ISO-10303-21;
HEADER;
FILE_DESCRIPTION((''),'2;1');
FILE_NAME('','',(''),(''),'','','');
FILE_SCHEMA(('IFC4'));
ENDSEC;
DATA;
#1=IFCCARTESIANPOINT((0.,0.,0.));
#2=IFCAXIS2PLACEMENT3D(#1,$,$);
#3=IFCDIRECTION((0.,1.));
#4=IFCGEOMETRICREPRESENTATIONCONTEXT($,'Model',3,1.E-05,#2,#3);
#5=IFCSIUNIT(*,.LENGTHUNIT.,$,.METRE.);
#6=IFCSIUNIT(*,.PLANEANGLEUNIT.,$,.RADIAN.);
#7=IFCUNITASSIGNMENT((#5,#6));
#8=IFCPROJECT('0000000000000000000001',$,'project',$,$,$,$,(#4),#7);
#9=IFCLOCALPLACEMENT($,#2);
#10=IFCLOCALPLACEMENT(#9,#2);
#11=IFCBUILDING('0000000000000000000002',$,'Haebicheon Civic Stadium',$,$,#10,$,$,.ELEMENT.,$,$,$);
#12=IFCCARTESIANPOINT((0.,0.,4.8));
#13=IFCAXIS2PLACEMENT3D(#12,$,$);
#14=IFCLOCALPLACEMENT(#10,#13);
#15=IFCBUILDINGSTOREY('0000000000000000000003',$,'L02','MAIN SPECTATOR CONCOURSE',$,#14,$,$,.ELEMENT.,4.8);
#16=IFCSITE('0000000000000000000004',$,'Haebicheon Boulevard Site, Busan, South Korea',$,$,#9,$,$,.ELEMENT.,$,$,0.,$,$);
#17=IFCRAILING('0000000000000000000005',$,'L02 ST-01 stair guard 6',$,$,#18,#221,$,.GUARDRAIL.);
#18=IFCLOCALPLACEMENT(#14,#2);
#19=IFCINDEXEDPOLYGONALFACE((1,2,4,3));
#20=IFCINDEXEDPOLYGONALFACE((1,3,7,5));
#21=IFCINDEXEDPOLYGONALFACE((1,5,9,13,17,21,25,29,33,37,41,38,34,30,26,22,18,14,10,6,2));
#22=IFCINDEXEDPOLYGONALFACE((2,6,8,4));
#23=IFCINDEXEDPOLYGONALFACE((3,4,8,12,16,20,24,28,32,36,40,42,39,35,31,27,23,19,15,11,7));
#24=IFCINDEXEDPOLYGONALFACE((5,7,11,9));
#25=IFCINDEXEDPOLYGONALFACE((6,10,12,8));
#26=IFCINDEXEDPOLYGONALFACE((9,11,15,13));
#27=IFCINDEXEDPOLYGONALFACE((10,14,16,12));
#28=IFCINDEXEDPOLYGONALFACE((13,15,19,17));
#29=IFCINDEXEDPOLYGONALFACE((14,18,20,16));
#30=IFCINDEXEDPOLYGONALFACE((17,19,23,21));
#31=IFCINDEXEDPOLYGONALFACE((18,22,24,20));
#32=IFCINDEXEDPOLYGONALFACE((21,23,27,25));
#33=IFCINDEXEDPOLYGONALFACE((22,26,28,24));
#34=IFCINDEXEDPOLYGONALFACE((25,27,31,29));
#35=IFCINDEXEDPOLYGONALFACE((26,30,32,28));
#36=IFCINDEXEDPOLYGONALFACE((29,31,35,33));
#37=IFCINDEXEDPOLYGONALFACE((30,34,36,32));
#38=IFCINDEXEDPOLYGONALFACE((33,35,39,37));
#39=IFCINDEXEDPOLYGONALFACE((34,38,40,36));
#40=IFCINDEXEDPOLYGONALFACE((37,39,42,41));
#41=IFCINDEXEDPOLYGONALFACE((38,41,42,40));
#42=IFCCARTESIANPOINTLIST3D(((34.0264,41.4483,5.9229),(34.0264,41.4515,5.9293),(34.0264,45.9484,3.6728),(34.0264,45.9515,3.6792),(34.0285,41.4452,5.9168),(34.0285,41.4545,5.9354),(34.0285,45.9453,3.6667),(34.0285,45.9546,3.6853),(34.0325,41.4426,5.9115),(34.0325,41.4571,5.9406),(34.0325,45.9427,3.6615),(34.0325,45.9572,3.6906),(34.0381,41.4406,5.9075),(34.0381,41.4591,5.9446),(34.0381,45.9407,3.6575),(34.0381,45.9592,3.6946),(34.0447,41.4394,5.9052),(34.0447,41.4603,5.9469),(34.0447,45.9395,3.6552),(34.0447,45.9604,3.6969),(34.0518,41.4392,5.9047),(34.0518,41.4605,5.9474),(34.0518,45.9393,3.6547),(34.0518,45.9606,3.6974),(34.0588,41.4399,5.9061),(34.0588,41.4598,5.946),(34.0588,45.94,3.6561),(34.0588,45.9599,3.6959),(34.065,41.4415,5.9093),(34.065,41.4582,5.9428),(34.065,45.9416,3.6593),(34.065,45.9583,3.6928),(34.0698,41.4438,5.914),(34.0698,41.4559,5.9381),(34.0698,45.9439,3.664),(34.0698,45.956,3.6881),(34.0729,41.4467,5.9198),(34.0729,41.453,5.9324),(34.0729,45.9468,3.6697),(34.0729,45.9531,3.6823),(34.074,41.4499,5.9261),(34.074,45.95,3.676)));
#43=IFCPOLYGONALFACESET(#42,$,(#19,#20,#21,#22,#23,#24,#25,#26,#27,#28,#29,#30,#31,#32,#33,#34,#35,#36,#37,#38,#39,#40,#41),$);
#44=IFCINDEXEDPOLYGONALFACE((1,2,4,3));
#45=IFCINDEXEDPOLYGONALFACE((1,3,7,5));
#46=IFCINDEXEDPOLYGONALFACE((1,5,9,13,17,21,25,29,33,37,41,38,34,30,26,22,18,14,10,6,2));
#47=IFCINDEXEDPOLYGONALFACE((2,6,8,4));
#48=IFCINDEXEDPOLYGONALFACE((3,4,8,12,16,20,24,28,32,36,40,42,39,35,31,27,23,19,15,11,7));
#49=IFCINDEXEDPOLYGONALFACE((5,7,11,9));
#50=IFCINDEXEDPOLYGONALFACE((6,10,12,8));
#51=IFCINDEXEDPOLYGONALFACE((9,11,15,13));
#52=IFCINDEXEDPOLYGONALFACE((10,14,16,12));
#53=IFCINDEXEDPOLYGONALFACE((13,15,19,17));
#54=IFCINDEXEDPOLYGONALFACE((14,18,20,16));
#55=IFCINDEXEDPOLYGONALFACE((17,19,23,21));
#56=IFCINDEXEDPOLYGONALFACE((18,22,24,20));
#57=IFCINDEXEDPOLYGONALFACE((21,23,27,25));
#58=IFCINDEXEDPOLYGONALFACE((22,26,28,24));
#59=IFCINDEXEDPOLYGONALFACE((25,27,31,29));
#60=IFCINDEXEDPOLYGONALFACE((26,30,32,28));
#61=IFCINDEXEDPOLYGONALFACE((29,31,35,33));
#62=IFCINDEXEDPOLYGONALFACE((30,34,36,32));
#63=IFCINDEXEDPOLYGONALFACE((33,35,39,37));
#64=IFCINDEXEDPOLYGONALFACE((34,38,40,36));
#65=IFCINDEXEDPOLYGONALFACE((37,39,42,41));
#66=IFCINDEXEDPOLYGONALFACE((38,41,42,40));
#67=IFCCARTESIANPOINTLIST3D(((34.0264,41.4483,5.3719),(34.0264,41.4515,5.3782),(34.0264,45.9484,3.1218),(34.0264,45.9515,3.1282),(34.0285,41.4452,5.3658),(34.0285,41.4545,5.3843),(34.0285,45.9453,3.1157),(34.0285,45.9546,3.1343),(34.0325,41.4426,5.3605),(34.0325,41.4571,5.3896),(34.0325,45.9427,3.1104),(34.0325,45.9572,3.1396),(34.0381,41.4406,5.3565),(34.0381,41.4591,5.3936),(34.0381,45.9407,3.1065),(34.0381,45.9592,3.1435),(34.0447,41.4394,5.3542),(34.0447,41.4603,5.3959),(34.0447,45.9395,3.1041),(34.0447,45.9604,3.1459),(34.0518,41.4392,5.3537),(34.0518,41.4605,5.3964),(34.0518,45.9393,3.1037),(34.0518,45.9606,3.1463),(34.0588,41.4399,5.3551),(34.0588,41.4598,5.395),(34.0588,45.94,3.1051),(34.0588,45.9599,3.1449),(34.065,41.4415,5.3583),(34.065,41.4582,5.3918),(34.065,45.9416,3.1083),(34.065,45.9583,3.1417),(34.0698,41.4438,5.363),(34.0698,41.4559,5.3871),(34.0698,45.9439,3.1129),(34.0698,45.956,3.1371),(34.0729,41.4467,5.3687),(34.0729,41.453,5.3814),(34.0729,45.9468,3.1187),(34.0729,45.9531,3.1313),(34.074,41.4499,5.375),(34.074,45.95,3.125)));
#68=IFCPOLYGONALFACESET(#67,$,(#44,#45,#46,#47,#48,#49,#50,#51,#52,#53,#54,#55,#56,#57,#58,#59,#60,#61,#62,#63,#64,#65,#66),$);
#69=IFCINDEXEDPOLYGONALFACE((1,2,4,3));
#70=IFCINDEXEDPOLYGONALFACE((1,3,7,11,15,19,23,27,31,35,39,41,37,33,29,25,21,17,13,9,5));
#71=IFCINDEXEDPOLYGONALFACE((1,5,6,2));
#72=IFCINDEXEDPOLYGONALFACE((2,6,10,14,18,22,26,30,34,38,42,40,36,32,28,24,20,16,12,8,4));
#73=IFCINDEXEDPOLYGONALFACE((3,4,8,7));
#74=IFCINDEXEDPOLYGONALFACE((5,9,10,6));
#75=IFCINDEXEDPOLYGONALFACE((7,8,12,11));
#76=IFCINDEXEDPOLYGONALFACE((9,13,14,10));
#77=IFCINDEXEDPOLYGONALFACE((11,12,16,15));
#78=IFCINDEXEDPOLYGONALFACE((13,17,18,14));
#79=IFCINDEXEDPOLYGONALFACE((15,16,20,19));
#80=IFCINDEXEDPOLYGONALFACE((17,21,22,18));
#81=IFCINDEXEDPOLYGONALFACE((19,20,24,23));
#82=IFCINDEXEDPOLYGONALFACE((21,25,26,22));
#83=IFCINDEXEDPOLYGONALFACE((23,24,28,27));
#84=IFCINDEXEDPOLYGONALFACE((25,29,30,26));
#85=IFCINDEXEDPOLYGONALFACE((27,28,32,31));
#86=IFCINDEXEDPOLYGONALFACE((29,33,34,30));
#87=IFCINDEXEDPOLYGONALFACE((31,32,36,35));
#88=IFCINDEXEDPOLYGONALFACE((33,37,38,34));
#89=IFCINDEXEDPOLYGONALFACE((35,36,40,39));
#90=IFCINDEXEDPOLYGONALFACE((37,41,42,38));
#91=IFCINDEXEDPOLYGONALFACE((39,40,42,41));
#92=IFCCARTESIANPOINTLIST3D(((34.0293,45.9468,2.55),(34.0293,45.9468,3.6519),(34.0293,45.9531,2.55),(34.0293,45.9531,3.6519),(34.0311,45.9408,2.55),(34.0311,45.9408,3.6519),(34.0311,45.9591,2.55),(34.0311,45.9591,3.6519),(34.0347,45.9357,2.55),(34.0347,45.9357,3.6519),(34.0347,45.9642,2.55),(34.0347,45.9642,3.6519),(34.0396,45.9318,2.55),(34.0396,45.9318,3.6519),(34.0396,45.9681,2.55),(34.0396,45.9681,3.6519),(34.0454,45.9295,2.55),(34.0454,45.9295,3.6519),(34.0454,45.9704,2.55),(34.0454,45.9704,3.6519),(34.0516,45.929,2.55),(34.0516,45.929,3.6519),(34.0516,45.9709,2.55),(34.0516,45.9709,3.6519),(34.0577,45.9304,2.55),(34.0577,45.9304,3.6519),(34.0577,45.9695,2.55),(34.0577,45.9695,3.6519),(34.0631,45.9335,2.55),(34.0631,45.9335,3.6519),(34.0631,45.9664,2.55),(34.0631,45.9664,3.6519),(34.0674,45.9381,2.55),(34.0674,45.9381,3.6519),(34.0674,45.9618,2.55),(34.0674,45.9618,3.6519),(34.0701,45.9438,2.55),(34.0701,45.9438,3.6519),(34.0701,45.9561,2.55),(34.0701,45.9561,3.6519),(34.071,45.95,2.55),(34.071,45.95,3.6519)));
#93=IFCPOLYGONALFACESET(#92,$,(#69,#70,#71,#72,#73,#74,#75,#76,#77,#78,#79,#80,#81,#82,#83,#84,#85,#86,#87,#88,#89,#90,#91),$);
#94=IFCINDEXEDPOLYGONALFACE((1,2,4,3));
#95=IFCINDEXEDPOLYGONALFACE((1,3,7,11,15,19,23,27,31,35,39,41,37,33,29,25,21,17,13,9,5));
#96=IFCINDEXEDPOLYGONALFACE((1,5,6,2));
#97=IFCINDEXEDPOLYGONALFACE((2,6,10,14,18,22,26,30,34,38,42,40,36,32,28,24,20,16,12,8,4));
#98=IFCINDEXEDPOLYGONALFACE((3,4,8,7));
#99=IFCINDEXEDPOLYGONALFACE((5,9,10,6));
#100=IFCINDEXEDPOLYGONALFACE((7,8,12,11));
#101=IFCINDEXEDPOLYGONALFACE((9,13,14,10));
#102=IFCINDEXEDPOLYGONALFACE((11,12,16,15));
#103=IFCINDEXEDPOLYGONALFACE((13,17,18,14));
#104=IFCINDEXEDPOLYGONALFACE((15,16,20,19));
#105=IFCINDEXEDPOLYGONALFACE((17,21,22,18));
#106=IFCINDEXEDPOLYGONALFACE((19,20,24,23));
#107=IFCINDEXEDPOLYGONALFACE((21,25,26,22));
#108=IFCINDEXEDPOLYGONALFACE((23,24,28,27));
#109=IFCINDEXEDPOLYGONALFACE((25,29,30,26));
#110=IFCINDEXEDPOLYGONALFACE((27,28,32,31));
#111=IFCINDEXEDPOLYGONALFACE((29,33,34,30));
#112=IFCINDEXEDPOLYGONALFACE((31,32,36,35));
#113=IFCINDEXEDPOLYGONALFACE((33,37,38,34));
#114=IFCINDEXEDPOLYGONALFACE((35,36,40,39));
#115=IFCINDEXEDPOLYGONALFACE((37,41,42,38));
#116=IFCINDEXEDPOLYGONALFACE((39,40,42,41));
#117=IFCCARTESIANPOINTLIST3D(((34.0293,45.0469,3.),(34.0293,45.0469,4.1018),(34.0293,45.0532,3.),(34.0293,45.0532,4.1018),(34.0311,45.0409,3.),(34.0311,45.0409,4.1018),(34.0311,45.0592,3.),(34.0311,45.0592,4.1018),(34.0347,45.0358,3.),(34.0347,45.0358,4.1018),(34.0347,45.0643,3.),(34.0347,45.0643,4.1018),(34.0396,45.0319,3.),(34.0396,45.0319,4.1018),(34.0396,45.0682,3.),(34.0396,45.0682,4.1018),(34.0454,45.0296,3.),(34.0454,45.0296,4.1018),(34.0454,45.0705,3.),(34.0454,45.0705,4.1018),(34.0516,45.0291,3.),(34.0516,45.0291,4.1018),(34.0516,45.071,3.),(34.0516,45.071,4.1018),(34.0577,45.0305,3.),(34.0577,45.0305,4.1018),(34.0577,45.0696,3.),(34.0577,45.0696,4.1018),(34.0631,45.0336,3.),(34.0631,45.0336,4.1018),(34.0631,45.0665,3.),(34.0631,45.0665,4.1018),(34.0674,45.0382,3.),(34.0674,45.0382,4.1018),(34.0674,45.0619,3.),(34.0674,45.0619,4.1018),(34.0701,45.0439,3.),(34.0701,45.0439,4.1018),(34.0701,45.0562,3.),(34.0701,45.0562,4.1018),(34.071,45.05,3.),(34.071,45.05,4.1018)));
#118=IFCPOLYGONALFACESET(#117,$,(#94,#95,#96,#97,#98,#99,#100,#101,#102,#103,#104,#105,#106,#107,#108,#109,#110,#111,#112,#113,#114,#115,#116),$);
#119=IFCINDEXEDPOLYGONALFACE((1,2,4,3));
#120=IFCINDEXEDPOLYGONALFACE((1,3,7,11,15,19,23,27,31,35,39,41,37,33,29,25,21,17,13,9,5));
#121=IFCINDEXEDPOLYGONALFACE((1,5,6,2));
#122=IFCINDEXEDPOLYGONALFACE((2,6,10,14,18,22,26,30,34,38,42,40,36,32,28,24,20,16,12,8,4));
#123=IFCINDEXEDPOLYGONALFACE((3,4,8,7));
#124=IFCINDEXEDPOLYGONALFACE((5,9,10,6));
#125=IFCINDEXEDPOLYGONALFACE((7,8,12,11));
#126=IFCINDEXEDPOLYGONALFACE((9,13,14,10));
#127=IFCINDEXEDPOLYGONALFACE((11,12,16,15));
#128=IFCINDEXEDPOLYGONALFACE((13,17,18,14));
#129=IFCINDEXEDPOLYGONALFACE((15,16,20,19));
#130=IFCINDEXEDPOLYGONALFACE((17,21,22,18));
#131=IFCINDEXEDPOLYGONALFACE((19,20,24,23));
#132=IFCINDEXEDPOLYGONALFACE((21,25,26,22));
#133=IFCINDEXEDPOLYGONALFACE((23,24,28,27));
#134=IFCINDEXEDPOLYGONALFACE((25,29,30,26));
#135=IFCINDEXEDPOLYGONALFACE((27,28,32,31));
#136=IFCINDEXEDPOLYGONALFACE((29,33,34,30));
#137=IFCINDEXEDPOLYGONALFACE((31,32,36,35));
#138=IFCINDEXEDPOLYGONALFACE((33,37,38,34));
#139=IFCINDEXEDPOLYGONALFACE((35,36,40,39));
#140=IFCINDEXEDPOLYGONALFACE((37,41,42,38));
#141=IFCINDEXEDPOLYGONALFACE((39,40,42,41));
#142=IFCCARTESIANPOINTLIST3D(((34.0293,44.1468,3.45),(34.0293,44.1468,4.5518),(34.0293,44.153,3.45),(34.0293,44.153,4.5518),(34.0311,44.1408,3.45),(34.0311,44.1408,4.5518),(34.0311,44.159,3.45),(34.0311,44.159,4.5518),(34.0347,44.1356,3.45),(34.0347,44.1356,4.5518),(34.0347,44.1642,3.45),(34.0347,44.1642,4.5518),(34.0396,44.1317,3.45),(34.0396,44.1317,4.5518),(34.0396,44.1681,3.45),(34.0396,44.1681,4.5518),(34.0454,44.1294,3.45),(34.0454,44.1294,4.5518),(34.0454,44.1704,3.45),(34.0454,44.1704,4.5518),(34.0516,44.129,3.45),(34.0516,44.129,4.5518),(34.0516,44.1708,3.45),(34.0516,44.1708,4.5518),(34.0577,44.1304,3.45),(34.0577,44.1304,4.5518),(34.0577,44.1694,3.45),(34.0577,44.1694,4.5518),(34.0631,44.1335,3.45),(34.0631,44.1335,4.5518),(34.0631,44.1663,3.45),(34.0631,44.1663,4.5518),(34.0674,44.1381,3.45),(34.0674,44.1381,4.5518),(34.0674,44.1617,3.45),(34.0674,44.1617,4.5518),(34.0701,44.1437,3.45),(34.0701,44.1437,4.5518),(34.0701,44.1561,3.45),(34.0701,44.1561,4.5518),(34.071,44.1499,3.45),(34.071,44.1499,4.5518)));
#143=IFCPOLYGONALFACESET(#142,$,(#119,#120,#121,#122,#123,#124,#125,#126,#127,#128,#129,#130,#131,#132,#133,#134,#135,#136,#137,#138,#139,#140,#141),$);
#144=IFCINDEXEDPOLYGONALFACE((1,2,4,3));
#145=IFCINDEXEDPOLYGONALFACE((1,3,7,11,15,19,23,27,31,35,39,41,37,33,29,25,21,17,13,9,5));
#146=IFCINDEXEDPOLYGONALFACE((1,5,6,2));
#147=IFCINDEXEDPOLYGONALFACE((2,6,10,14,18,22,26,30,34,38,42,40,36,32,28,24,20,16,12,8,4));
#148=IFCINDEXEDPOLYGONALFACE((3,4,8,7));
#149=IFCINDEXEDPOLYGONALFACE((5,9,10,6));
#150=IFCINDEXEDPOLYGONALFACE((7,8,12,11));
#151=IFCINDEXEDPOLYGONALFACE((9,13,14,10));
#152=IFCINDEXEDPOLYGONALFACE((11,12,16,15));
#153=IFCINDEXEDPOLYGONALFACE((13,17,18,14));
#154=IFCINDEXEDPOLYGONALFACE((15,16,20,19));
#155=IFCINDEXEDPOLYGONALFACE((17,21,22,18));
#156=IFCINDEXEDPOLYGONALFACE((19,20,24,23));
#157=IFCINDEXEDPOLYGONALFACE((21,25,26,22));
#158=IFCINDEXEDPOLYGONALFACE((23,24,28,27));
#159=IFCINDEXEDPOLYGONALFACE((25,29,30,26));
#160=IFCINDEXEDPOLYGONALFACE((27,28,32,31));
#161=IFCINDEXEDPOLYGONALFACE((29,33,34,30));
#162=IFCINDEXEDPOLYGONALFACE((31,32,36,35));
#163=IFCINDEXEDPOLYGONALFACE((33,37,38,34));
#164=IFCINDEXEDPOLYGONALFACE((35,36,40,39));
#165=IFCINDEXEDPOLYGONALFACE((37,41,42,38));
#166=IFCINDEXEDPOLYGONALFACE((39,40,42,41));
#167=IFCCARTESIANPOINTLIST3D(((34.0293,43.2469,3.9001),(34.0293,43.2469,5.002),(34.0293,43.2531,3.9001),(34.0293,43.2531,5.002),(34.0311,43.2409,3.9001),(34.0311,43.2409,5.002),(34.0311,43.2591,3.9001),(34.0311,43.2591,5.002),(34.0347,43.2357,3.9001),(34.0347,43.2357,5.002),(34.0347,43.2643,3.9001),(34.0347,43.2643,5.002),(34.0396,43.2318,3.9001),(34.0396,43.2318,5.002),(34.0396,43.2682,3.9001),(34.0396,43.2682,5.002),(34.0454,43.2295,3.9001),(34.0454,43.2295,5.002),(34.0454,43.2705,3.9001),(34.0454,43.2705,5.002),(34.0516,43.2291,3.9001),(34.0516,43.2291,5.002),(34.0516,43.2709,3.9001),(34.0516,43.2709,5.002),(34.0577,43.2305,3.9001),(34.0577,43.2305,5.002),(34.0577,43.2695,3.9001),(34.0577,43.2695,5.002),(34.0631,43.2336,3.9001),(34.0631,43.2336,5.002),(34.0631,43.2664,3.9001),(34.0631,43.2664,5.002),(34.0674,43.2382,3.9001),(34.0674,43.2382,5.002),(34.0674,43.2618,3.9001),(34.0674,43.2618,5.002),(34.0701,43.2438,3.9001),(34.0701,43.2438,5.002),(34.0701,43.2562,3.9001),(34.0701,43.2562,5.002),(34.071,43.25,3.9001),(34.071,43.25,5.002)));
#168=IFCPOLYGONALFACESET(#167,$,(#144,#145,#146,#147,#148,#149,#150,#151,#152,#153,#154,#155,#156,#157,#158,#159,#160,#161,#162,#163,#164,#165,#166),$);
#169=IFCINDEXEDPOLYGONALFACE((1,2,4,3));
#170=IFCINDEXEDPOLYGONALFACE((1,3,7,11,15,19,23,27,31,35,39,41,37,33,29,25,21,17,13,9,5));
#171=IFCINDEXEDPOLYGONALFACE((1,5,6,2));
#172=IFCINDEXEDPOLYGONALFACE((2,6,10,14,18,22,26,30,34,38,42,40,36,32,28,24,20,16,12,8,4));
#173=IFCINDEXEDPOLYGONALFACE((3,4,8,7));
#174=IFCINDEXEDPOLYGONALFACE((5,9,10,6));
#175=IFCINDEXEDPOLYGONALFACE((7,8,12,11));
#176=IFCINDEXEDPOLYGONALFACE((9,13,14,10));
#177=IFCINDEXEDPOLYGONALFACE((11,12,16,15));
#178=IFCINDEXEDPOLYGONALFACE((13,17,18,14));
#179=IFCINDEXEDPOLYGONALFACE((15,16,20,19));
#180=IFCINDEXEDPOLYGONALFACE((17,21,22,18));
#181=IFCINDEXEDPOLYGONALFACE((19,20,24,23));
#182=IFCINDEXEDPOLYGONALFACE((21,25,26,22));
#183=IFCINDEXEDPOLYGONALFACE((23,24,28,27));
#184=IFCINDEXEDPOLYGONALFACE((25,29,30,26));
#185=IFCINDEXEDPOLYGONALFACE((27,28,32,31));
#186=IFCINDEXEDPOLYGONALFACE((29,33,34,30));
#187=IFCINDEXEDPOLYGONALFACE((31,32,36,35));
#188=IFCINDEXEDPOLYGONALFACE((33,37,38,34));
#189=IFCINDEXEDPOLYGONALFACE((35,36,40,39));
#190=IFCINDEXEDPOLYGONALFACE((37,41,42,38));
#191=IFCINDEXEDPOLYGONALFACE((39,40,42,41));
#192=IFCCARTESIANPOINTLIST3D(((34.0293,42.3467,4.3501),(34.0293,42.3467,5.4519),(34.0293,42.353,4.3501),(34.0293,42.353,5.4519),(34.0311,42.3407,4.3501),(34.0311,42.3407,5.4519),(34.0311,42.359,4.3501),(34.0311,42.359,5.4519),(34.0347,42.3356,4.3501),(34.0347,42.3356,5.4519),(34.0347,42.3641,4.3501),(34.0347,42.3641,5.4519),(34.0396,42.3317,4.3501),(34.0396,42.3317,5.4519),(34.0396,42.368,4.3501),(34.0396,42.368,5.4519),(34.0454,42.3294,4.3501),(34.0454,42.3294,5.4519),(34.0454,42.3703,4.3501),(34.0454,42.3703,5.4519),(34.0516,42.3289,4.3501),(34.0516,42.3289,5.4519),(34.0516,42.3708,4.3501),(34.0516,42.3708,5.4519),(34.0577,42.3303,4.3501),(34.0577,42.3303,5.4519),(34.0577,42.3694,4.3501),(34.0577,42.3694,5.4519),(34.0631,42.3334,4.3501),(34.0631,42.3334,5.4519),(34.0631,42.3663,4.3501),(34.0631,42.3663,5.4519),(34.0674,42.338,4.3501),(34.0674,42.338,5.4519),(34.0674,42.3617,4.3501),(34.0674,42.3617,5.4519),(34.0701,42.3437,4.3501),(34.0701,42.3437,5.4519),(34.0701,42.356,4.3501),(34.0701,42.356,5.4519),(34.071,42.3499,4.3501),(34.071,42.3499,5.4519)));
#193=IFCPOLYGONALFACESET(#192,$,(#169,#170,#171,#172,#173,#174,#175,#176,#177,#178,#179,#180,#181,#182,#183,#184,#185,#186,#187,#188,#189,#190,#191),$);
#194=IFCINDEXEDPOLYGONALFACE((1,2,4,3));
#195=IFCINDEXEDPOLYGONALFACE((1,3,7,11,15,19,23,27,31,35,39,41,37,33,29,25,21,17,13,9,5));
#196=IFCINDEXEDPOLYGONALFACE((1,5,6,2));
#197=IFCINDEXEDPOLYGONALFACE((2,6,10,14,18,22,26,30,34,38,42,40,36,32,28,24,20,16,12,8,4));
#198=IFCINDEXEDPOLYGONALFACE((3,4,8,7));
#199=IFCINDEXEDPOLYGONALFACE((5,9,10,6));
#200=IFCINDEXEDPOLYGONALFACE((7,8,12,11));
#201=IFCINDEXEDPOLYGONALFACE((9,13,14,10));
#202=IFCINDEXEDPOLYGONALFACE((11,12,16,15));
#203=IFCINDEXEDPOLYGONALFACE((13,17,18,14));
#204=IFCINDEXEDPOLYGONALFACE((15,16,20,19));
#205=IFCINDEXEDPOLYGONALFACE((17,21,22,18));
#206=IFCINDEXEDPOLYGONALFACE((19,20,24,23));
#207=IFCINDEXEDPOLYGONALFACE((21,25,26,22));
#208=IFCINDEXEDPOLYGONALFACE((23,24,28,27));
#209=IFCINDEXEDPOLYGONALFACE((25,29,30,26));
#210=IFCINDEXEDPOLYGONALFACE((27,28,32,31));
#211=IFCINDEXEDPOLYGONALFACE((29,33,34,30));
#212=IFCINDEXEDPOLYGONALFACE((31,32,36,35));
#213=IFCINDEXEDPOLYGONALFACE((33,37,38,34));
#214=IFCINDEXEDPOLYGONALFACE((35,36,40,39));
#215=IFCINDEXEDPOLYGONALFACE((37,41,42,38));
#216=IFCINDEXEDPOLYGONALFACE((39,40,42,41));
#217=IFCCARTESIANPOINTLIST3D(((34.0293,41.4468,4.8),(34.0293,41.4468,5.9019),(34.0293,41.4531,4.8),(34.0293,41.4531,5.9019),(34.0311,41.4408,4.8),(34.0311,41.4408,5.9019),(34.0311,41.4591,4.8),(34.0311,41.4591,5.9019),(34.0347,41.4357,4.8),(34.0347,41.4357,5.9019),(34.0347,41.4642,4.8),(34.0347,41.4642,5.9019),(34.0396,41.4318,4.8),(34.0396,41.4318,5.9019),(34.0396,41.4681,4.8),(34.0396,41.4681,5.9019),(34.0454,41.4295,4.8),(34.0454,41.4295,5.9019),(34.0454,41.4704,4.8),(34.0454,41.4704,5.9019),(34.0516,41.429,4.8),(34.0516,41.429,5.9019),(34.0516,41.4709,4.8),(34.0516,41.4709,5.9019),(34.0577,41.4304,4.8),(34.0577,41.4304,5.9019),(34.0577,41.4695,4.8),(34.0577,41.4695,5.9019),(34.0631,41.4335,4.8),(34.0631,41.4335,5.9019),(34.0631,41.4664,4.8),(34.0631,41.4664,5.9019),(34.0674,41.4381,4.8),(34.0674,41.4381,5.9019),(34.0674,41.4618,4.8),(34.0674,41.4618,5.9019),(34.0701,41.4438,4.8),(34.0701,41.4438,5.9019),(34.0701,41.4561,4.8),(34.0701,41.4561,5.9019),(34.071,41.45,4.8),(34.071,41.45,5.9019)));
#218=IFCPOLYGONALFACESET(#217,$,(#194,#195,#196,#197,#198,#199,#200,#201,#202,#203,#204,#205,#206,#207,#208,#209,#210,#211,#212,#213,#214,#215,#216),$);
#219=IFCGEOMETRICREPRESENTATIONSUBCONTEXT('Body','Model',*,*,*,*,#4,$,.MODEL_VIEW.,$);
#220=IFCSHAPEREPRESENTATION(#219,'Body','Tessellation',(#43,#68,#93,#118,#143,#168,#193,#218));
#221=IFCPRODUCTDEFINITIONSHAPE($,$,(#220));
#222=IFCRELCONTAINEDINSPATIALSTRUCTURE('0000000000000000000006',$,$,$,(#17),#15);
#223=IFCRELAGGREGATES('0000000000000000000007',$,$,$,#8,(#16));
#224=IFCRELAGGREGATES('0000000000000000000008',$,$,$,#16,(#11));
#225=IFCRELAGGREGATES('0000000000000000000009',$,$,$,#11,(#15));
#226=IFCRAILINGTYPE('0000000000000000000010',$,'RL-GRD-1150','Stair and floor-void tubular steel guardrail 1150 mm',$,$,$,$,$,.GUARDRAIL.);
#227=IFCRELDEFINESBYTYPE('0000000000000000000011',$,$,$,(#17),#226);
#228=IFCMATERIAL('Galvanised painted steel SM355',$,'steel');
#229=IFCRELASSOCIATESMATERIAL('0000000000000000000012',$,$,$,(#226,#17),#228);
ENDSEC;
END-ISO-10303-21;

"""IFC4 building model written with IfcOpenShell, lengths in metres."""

from ifc_helpers import new_model, si_unit, direction, frame, origin, origin_2d, place, context, subcontext, project, spatial, circle, extrude, material, type_object, element, save


model = new_model("IFC4")

# Units and contexts
model_context = context("Model", 3, precision=1e-05, world=origin(), true_north=direction((0.0, 1.0)))
body_context = subcontext(model_context, "Body", "Model", "MODEL_VIEW")
ifc_project = project(units=[si_unit("LENGTHUNIT", "METRE"), si_unit("PLANEANGLEUNIT", "RADIAN")], contexts=[model_context])

# Site, building, storey
site_placement = place(None, origin())
site = spatial("IfcSite", under=ifc_project, at=site_placement, Name="Haebicheon Boulevard Site, Busan, South Korea", CompositionType="ELEMENT", RefElevation=0.0)
building_placement = place(site_placement, origin())
building = spatial("IfcBuilding", under=site, at=building_placement, Name="Haebicheon Civic Stadium", CompositionType="ELEMENT")
storey_placement = place(building_placement, frame((0.0, 0.0, 4.8)))
storey = spatial("IfcBuildingStorey", under=building, at=storey_placement, Name="L02", Description="MAIN SPECTATOR CONCOURSE", CompositionType="ELEMENT", Elevation=4.8)

# Railing
ifc_material_1 = material(Name="Galvanised painted steel SM355", Category="steel")
railing_type_1 = type_object("IfcRailingType", Name="RL-GRD-1150", Description="Stair and floor-void tubular steel guardrail 1150 mm", PredefinedType="GUARDRAIL", material=ifc_material_1)
railing_1_placement = place(storey_placement, frame((34.05, 45.95, 2.55)))
element("IfcRailing", 1, at=railing_1_placement, inside=storey, type_object=railing_type_1, material=ifc_material_1, Name="L02 ST-01 stair guard 6", PredefinedType="GUARDRAIL", context=body_context, shape_type="SweptSolid", body=[
    extrude(circle(Radius=0.0239, at=origin_2d()), frame((0.0, 0.0, 1.126), z_axis=(0.0, -0.894427, 0.447214), x_axis=(1.0, 0.0, 0.0)), (0.0, 0.0, 1.0), 5.0312),
    extrude(circle(Radius=0.0239, at=origin_2d()), frame((0.0, 0.0, 0.575), z_axis=(0.0, -0.894427, 0.447214), x_axis=(1.0, 0.0, 0.0)), (0.0, 0.0, 1.0), 5.0312),
    extrude(circle(Radius=0.021, at=origin_2d()), origin(), (0.0, 0.0, 1.0), 1.1018),
    extrude(circle(Radius=0.021, at=origin_2d()), frame((0.0, -0.8999, 0.45)), (0.0, 0.0, 1.0), 1.1018),
    extrude(circle(Radius=0.021, at=origin_2d()), frame((0.0, -1.8, 0.8999)), (0.0, 0.0, 1.0), 1.1018),
    extrude(circle(Radius=0.021, at=origin_2d()), frame((0.0, -2.7, 1.3501)), (0.0, 0.0, 1.0), 1.1018),
    extrude(circle(Radius=0.021, at=origin_2d()), frame((0.0, -3.6001, 1.8)), (0.0, 0.0, 1.0), 1.1018),
    extrude(circle(Radius=0.021, at=origin_2d()), frame((0.0, -4.5, 2.25)), (0.0, 0.0, 1.0), 1.1018),
])

save(model, "model.ifc")
